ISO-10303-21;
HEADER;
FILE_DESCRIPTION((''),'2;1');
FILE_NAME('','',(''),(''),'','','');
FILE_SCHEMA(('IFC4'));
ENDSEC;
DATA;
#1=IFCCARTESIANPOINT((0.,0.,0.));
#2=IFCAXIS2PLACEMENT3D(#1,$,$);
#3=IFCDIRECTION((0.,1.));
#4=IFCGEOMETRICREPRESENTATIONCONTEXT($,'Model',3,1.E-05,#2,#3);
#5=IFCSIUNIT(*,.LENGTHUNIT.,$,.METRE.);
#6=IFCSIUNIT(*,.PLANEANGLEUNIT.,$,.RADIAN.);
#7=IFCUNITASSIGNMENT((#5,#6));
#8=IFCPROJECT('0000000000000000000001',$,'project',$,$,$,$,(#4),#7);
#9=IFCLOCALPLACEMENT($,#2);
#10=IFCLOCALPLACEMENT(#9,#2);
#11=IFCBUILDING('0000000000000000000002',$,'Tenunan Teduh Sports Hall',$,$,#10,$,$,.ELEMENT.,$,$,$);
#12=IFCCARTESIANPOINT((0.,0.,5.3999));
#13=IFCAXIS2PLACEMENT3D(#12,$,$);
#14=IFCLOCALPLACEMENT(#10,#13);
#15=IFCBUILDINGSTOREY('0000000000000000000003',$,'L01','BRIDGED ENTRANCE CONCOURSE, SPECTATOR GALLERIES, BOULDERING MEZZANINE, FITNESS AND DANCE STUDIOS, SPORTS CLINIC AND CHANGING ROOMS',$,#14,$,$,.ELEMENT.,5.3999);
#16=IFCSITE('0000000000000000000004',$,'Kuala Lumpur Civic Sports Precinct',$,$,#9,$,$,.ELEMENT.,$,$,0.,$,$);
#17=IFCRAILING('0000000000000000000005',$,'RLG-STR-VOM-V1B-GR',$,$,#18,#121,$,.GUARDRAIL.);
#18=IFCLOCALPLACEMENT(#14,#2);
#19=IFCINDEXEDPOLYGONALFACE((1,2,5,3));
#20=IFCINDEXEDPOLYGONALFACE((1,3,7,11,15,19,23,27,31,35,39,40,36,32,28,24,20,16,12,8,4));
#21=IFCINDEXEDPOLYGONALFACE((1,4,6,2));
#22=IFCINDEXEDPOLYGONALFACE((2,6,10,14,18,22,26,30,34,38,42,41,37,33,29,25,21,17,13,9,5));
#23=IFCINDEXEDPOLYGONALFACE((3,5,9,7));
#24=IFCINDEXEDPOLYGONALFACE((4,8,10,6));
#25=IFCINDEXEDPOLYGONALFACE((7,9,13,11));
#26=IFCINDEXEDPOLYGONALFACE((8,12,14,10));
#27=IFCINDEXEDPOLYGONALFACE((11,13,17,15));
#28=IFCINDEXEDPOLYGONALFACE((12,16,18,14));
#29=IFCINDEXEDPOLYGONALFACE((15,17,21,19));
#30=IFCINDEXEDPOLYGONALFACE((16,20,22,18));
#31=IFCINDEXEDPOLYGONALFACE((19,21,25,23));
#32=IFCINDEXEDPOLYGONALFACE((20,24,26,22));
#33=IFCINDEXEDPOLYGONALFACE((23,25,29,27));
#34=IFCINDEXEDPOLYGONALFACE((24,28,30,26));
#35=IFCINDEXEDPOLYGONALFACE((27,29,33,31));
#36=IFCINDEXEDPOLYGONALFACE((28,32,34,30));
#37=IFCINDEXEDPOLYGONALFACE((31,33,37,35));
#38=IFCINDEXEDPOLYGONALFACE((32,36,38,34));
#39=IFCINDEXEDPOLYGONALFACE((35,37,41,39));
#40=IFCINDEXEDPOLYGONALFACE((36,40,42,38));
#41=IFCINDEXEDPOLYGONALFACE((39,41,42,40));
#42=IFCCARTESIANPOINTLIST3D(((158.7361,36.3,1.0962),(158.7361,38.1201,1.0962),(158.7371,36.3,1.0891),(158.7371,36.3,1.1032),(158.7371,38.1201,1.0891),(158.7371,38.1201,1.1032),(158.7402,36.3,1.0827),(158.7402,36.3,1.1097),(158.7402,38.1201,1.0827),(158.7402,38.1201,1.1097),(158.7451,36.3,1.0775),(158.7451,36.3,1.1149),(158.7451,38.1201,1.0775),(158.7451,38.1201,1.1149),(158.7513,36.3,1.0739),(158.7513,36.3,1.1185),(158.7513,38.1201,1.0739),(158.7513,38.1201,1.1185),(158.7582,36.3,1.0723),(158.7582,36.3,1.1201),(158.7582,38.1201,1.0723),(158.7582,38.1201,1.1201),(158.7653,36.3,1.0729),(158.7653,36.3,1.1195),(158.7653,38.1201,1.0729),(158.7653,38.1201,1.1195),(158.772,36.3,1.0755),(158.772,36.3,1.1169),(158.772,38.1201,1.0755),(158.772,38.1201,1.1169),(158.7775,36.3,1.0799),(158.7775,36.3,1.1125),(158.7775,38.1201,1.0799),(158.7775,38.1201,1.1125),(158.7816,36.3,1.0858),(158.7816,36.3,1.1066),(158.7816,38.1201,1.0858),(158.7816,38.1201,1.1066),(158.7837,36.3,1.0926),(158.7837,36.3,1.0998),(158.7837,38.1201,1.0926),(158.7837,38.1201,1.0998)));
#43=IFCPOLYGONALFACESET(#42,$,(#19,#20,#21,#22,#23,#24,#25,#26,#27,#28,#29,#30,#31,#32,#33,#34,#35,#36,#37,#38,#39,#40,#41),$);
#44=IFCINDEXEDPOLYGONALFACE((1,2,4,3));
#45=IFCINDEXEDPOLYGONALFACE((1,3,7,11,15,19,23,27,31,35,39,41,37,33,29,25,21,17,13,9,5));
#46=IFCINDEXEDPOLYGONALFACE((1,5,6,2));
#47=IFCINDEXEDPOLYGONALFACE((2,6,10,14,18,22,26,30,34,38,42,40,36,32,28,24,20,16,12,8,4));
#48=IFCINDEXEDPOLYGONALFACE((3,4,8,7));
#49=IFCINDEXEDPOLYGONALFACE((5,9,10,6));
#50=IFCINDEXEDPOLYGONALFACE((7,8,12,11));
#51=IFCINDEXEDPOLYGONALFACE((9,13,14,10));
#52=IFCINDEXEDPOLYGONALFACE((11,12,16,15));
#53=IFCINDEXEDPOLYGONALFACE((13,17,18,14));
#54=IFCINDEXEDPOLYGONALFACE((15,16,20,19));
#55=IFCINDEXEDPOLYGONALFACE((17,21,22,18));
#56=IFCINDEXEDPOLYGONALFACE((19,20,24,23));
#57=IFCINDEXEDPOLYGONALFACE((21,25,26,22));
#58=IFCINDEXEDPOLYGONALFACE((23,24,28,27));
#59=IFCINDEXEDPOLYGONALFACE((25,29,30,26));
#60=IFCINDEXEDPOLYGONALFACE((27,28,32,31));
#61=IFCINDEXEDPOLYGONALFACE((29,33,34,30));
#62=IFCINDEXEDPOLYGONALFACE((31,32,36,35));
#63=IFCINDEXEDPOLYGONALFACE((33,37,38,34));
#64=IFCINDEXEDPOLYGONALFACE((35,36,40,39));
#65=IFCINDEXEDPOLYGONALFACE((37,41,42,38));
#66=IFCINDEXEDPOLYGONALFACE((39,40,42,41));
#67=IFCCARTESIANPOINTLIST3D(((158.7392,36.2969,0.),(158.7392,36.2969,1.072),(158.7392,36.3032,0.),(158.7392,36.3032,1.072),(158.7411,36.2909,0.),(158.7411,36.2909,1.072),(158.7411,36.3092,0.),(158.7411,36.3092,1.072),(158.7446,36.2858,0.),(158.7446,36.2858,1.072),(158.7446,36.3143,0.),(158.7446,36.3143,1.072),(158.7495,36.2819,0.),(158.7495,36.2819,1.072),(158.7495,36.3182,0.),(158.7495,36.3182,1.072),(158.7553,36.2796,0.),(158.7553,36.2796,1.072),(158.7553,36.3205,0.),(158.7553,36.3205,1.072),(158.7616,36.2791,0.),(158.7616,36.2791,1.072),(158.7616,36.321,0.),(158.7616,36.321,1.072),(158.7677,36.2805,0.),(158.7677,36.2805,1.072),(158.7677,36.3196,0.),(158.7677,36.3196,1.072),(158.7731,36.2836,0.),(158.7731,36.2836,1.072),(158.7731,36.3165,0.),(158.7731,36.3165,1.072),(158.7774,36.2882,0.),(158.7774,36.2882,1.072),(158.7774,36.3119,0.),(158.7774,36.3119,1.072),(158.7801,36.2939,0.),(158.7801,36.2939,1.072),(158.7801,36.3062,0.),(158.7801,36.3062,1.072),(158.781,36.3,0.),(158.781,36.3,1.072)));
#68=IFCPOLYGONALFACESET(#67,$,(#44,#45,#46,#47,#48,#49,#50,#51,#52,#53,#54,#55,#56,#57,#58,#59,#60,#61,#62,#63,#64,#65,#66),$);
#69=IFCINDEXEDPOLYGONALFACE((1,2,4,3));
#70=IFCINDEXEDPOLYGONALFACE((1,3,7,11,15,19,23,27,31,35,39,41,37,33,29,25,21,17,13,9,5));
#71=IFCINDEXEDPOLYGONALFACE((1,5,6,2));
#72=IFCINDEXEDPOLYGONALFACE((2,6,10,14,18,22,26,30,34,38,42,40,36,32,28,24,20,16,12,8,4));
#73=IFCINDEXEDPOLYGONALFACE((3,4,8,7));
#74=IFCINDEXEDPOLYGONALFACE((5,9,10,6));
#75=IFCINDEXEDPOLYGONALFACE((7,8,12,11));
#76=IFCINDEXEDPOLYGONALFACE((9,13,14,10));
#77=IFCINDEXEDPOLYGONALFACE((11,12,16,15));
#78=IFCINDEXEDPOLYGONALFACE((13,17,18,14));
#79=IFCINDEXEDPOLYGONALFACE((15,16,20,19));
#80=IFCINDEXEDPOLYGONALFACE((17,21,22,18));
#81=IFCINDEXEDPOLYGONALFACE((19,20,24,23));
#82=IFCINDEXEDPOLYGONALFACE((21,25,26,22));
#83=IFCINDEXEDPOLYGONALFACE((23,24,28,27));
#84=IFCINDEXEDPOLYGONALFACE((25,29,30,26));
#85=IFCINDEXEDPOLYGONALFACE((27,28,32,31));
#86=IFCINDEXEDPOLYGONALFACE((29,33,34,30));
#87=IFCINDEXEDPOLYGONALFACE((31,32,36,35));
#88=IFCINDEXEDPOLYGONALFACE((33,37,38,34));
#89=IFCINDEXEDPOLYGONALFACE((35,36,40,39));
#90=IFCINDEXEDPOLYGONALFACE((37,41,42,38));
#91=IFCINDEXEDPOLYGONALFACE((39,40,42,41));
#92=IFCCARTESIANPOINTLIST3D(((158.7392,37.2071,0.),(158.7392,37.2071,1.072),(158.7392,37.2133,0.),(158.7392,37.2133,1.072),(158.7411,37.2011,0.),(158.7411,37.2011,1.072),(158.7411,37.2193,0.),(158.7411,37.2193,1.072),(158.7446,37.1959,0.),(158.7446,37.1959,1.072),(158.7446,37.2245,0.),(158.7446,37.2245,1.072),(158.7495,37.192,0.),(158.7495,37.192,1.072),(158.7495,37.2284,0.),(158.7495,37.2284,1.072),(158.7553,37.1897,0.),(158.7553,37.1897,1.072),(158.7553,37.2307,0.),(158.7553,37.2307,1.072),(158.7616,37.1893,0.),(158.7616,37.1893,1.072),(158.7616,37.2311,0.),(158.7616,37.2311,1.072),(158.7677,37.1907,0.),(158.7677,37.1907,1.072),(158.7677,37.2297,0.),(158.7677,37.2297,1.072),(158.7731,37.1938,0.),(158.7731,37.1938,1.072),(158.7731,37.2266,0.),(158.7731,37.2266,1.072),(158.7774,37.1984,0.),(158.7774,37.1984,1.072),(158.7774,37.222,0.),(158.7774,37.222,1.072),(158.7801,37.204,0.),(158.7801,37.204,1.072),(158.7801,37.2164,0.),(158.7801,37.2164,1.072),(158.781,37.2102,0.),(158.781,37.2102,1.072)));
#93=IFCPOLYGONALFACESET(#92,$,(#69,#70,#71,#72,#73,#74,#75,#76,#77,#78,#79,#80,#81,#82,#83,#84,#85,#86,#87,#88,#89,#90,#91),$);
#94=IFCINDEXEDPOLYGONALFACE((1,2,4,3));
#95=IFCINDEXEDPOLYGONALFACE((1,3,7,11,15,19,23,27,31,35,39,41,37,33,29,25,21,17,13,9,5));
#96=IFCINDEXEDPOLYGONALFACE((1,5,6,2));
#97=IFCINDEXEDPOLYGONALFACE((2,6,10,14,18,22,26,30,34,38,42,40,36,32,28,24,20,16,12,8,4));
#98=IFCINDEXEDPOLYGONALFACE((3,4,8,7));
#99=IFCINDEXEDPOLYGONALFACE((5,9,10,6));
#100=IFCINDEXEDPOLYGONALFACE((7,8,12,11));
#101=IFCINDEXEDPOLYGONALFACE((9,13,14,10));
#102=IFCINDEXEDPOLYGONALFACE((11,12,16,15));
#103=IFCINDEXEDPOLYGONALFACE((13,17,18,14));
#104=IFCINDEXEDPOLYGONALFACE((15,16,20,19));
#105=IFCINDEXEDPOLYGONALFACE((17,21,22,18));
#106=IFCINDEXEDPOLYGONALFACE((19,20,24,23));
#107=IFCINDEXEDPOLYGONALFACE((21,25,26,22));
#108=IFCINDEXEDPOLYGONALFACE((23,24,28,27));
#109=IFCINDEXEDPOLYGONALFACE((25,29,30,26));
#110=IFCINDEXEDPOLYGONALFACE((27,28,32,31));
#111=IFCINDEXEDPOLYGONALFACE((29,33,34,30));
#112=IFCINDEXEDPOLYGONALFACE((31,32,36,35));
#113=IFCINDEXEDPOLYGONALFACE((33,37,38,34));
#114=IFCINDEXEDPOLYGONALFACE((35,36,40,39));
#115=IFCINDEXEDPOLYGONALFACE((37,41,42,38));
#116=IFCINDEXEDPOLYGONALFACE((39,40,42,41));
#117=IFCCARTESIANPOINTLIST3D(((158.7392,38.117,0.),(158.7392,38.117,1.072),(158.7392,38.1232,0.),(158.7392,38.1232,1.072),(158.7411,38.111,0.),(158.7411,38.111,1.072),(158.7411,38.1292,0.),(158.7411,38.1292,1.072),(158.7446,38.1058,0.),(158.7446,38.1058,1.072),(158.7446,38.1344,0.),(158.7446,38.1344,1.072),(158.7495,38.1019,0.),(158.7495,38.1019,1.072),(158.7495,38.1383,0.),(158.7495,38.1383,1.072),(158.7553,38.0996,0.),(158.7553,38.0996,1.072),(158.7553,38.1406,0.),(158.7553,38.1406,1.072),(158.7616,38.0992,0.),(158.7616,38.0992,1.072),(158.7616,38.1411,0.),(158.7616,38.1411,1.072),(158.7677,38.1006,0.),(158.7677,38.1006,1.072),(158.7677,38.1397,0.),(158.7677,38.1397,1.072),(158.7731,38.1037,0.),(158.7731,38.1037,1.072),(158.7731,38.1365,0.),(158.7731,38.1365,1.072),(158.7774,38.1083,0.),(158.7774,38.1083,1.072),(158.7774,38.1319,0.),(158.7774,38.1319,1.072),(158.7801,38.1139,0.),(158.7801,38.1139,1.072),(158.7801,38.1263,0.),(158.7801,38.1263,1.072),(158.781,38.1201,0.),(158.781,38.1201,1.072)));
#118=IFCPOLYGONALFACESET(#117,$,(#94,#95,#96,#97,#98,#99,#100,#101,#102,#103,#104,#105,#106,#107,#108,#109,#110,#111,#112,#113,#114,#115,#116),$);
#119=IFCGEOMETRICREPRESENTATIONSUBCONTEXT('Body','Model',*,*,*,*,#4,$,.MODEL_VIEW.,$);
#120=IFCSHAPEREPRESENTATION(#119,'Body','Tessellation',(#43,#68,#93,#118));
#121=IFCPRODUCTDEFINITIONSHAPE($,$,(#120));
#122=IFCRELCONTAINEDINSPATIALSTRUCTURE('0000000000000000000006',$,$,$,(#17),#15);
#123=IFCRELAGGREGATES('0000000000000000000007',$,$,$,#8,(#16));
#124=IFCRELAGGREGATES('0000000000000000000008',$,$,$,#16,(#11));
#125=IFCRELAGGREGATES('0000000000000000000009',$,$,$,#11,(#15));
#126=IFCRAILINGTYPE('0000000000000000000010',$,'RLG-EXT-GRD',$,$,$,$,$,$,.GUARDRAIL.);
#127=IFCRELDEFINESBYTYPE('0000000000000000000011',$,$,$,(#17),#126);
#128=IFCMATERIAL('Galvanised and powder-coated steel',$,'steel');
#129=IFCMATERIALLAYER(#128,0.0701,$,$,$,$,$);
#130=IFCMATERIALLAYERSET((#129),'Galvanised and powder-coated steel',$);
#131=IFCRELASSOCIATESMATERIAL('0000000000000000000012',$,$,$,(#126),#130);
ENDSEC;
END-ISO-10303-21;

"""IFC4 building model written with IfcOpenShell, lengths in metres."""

from ifc_helpers import new_model, si_unit, direction, frame, origin, origin_2d, place, context, subcontext, project, spatial, circle, extrude, material, layer, layer_set, type_object, element, save


model = new_model("IFC4")

# Units and contexts
model_context = context("Model", 3, precision=1e-05, world=origin(), true_north=direction((0.0, 1.0)))
body_context = subcontext(model_context, "Body", "Model", "MODEL_VIEW")
ifc_project = project(units=[si_unit("LENGTHUNIT", "METRE"), si_unit("PLANEANGLEUNIT", "RADIAN")], contexts=[model_context])

# Site, building, storey
site_placement = place(None, origin())
site = spatial("IfcSite", under=ifc_project, at=site_placement, Name="Kuala Lumpur Civic Sports Precinct", CompositionType="ELEMENT", RefElevation=0.0)
building_placement = place(site_placement, origin())
building = spatial("IfcBuilding", under=site, at=building_placement, Name="Tenunan Teduh Sports Hall", CompositionType="ELEMENT")
storey_placement = place(building_placement, frame((0.0, 0.0, 5.3999)))
storey = spatial("IfcBuildingStorey", under=building, at=storey_placement, Name="L01", Description="BRIDGED ENTRANCE CONCOURSE, SPECTATOR GALLERIES, BOULDERING MEZZANINE, FITNESS AND DANCE STUDIOS, SPORTS CLINIC AND CHANGING ROOMS", CompositionType="ELEMENT", Elevation=5.3999)

# Railing
ifc_material_1 = material(Name="Galvanised and powder-coated steel", Category="steel")
ifc_layer_1 = layer(ifc_material_1, 0.0701)
ifc_layer_set_1 = layer_set([ifc_layer_1], Name="Galvanised and powder-coated steel")
railing_type_1 = type_object("IfcRailingType", Name="RLG-EXT-GRD", PredefinedType="GUARDRAIL", material=ifc_layer_set_1)
for number, where, name in (
    (1, (158.76, 36.3, 0.0), "RLG-STR-VOM-V1B-GR"),
):
    element("IfcRailing", number, at=place(storey_placement, frame(where)), inside=storey, type_object=railing_type_1, Name=name, PredefinedType="GUARDRAIL", context=body_context, shape_type="SweptSolid", body=[
        extrude(circle(Radius=0.0239, at=origin_2d()), frame((0.0, 0.0, 1.0962), z_axis=(0.0, 1.0, 0.0), x_axis=(-1.0, 0.0, 0.0)), (0.0, 0.0, 1.0), 1.8201),
        extrude(circle(Radius=0.021, at=origin_2d()), origin(), (0.0, 0.0, 1.0), 1.072),
        extrude(circle(Radius=0.021, at=origin_2d()), frame((0.0, 0.9102, 0.0)), (0.0, 0.0, 1.0), 1.072),
        extrude(circle(Radius=0.021, at=origin_2d()), frame((0.0, 1.8201, 0.0)), (0.0, 0.0, 1.0), 1.072),
    ])

save(model, "model.ifc")
